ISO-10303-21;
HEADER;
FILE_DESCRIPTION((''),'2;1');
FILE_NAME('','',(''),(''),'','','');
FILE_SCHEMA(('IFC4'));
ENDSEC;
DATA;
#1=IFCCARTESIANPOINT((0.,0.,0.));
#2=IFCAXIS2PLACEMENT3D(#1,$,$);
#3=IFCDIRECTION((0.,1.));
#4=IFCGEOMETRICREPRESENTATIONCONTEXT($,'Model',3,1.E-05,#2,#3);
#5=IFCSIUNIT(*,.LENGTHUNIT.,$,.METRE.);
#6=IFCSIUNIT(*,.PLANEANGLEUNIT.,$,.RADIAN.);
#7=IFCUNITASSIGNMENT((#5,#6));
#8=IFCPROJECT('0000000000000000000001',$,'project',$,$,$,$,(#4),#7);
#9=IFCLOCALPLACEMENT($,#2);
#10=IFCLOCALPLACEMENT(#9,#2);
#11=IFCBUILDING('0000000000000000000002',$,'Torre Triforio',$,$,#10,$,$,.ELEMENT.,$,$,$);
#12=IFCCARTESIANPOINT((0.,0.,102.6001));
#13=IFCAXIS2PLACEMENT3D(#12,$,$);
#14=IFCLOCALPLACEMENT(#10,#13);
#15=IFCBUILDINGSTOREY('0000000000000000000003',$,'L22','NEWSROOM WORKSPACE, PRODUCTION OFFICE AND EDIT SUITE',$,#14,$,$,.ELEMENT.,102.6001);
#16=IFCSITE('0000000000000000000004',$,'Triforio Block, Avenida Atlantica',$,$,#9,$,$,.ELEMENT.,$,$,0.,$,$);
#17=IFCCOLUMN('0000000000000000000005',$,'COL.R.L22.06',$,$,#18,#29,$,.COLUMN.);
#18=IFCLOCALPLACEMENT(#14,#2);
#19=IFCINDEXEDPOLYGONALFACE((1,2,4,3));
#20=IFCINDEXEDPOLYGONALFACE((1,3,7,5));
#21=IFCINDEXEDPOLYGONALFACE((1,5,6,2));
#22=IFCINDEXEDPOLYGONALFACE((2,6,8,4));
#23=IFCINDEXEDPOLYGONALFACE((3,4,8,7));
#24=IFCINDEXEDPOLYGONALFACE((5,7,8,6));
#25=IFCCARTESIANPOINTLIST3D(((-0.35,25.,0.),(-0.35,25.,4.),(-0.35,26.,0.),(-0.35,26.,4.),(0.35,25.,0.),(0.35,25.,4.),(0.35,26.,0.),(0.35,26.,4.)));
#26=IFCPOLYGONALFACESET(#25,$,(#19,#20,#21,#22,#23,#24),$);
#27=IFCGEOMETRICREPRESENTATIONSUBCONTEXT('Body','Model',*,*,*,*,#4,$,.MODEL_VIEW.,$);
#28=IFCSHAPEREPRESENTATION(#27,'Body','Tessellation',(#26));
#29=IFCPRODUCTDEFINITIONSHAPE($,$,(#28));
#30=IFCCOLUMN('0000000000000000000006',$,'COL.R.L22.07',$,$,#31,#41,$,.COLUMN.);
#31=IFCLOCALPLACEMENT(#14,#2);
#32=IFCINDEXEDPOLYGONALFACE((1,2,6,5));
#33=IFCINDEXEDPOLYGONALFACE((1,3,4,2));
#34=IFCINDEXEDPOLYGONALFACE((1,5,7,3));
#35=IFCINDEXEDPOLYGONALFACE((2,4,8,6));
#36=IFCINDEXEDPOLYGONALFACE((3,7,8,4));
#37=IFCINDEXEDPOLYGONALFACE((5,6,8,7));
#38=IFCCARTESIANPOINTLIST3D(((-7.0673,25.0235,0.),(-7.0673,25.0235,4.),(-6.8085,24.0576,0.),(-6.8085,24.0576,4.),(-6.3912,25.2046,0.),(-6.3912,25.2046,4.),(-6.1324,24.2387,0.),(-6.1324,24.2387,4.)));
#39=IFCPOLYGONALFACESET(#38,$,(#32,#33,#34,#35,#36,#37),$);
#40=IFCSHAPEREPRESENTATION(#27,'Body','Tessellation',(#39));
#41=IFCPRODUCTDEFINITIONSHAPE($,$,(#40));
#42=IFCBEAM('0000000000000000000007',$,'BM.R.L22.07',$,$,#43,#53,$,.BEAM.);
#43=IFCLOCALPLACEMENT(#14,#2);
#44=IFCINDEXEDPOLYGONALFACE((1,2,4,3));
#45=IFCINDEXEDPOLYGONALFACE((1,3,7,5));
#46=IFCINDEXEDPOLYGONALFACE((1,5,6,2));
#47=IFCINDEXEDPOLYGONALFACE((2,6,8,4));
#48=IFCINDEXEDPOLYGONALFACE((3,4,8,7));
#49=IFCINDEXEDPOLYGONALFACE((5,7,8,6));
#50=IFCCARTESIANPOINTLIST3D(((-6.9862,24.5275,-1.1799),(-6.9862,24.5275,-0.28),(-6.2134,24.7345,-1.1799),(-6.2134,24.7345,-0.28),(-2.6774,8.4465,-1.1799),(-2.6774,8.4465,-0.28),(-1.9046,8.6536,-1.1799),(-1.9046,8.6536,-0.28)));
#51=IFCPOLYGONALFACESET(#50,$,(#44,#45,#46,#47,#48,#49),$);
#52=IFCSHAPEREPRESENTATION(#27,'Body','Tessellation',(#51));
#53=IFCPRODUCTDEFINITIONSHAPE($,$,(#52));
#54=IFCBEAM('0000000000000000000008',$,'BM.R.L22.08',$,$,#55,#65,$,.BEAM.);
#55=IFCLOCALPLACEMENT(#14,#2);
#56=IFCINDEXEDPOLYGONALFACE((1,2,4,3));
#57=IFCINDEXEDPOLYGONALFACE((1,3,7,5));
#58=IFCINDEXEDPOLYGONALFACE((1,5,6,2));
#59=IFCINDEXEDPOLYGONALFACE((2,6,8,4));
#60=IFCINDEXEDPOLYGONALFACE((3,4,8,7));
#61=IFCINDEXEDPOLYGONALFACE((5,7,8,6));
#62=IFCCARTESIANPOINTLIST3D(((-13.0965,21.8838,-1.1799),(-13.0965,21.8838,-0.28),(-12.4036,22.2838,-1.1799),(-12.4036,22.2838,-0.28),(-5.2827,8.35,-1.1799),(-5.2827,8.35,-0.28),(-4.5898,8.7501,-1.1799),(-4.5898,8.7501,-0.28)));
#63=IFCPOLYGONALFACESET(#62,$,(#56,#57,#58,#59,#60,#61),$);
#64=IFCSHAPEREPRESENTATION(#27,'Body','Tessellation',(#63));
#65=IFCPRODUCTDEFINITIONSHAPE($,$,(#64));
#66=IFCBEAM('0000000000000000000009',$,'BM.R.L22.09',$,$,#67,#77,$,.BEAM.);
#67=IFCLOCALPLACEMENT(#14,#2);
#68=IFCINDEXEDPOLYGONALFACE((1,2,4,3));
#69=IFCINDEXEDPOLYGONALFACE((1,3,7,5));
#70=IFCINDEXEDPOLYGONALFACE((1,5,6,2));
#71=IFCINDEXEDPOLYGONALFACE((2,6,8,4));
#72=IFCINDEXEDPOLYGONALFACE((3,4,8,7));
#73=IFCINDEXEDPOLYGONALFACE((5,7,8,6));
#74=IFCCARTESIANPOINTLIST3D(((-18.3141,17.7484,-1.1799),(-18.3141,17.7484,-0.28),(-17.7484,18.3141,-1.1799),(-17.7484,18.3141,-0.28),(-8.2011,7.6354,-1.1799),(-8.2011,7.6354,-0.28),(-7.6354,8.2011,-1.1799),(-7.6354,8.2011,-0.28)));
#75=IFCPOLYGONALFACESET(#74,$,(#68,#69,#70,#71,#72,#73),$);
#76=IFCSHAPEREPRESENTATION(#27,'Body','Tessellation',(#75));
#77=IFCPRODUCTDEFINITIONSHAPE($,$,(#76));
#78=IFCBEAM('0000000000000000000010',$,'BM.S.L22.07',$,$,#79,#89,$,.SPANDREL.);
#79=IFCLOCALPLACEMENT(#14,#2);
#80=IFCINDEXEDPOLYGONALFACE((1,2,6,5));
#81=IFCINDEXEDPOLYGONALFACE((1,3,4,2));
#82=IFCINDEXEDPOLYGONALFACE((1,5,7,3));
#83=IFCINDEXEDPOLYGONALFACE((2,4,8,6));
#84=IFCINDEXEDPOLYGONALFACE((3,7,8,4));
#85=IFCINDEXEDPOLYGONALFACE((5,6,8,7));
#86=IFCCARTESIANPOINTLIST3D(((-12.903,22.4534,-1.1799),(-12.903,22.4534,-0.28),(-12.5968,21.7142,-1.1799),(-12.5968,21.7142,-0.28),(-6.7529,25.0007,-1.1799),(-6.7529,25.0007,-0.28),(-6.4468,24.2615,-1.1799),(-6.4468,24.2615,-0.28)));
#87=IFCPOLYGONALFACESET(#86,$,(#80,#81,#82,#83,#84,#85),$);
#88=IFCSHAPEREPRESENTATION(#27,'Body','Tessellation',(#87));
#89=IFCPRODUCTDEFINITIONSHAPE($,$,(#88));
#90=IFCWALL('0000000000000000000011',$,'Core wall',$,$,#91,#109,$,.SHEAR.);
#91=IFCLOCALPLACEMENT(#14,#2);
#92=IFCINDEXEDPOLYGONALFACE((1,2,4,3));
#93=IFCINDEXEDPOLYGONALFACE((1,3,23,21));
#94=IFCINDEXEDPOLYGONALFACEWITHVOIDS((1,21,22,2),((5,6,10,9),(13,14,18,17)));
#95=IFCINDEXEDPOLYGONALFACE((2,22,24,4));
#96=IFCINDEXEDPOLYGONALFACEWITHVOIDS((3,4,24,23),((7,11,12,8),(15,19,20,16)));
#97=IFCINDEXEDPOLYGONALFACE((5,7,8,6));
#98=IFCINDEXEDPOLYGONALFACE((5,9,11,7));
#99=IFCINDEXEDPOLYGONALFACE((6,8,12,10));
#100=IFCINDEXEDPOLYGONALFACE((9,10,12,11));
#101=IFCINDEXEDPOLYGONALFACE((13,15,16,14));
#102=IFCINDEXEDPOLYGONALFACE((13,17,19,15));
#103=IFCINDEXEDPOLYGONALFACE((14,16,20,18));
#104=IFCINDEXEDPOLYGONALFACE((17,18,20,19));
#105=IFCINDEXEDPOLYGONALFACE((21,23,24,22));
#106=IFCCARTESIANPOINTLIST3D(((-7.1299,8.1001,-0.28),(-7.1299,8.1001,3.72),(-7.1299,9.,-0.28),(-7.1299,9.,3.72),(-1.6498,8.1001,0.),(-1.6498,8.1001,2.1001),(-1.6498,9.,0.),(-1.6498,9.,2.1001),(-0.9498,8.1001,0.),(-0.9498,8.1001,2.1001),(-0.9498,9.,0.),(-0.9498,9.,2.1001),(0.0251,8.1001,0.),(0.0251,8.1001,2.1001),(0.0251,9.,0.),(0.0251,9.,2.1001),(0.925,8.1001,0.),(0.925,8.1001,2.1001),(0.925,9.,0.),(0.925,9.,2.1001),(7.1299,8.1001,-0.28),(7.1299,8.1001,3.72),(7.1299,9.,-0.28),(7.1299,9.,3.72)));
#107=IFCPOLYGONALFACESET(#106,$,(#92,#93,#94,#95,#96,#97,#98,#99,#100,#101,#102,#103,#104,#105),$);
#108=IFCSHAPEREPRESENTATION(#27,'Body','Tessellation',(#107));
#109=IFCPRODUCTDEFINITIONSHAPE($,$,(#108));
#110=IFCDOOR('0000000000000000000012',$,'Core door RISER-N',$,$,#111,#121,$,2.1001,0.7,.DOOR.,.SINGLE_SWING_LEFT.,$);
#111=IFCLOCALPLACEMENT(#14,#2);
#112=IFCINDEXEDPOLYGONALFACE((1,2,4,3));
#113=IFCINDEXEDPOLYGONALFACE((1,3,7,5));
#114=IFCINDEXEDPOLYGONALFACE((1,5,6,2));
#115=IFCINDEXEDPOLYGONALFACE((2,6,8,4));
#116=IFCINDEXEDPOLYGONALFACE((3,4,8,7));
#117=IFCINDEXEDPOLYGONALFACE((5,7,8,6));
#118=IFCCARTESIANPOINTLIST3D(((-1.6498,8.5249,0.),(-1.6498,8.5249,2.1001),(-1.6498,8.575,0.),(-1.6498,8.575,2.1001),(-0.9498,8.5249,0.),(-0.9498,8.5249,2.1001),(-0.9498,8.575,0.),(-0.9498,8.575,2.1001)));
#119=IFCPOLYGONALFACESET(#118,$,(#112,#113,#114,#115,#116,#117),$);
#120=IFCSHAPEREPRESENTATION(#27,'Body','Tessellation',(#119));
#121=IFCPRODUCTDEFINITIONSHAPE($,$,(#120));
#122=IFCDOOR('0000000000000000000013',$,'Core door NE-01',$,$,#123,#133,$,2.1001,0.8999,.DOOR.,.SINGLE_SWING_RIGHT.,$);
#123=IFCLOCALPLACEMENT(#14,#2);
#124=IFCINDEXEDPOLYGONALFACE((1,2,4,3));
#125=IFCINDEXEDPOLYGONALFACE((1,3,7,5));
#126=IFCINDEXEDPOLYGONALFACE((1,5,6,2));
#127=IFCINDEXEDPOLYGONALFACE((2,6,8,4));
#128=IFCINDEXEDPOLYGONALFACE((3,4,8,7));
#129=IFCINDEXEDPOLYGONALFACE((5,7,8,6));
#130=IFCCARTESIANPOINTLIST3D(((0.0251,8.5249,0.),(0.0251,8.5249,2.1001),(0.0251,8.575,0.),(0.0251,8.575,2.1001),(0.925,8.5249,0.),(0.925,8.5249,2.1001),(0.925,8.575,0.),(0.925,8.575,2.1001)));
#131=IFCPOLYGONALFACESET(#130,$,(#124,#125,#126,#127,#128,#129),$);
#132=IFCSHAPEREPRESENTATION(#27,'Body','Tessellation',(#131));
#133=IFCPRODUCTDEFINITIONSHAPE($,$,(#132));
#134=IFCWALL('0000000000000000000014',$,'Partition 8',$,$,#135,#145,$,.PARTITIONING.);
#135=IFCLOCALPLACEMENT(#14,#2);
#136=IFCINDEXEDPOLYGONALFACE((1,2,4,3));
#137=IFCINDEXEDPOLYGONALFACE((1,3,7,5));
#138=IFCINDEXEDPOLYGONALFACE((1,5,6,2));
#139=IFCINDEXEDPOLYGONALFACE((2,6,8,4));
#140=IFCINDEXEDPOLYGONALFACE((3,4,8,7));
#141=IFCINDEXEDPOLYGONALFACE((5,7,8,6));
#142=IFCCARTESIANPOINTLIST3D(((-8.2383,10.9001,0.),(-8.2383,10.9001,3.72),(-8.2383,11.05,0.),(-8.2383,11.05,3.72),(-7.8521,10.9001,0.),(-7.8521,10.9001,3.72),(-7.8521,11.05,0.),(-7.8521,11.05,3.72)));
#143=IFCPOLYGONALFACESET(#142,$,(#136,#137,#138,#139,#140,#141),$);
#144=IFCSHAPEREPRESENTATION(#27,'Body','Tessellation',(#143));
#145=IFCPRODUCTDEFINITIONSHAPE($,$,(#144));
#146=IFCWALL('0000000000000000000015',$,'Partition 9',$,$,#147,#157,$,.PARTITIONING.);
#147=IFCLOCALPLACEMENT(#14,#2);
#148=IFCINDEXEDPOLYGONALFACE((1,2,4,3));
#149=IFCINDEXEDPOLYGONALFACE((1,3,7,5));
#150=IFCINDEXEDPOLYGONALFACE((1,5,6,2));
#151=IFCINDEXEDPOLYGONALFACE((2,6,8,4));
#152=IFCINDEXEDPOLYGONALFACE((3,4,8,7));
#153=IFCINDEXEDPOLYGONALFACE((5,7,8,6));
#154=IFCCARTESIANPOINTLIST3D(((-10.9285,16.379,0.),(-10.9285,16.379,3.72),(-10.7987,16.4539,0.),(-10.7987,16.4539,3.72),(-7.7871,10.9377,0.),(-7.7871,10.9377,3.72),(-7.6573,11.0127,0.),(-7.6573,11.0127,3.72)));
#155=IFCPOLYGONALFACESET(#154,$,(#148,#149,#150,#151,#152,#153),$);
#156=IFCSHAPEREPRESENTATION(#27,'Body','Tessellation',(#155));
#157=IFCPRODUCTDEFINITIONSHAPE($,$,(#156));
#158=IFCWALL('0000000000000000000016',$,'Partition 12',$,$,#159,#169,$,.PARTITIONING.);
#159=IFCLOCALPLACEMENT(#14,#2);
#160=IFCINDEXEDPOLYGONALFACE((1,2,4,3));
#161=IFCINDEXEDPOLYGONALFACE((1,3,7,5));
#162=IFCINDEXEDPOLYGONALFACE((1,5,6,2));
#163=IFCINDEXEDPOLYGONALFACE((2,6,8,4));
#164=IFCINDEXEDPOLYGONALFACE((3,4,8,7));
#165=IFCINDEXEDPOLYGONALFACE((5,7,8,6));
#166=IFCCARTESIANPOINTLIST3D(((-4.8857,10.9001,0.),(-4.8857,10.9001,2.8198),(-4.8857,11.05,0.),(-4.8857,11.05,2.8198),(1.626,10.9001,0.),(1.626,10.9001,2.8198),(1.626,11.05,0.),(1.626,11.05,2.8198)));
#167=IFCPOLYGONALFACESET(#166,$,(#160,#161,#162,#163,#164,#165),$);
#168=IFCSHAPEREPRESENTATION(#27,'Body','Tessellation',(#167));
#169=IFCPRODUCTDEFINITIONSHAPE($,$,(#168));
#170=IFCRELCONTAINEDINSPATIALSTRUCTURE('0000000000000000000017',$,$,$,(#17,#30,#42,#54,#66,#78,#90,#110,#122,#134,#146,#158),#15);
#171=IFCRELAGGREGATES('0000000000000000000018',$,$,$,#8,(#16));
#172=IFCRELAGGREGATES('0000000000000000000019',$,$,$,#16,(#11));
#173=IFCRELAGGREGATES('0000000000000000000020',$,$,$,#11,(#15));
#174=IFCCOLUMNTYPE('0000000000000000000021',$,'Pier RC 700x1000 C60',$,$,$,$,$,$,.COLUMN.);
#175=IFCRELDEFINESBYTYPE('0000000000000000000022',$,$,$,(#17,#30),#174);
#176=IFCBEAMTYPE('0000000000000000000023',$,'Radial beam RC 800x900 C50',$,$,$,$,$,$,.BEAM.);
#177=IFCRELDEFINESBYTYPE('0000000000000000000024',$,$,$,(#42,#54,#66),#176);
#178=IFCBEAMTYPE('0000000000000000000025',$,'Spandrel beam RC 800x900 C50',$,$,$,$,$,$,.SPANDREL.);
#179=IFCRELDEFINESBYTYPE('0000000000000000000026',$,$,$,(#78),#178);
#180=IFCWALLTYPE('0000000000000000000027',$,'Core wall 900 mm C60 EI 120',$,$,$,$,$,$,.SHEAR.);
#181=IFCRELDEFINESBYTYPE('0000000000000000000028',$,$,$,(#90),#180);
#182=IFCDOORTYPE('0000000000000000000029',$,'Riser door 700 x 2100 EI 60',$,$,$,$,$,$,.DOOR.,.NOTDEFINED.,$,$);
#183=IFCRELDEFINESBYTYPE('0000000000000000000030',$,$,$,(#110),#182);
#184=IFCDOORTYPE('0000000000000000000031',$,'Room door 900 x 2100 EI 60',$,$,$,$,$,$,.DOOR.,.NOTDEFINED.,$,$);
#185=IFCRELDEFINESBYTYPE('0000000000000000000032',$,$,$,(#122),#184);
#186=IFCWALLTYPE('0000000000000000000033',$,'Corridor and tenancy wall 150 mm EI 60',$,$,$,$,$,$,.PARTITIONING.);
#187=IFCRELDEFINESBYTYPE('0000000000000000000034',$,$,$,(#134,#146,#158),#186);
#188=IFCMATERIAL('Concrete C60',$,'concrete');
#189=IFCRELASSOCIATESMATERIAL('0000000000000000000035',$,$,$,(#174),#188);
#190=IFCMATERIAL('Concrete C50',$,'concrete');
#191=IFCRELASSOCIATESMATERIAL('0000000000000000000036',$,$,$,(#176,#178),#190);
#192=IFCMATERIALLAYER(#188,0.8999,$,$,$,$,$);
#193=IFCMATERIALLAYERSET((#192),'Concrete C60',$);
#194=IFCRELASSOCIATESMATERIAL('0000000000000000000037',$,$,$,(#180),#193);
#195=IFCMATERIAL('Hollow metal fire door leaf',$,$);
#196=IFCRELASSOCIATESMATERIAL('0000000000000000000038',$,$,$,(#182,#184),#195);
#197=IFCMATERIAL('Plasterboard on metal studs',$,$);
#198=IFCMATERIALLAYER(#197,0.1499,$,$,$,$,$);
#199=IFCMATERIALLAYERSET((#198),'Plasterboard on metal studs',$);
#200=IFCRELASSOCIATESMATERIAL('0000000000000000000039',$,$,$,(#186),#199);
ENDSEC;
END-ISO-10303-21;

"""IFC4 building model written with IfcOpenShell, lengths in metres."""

from ifc_helpers import new_model, si_unit, direction, frame, frame_2d, origin, origin_2d, place, context, subcontext, project, spatial, rectangle, extrude, material, layer, layer_set, material_profile, profile_set, type_object, element, fill, save


model = new_model("IFC4")

# Units and contexts
model_context = context("Model", 3, precision=1e-05, world=origin(), true_north=direction((0.0, 1.0)))
body_context = subcontext(model_context, "Body", "Model", "MODEL_VIEW")
ifc_project = project(units=[si_unit("LENGTHUNIT", "METRE"), si_unit("PLANEANGLEUNIT", "RADIAN")], contexts=[model_context])

# Site, building, storey
site_placement = place(None, origin())
site = spatial("IfcSite", under=ifc_project, at=site_placement, Name="Triforio Block, Avenida Atlantica", CompositionType="ELEMENT", RefElevation=0.0)
building_placement = place(site_placement, origin())
building = spatial("IfcBuilding", under=site, at=building_placement, Name="Torre Triforio", CompositionType="ELEMENT")
storey_placement = place(building_placement, frame((0.0, 0.0, 102.6001)))
storey = spatial("IfcBuildingStorey", under=building, at=storey_placement, Name="L22", Description="NEWSROOM WORKSPACE, PRODUCTION OFFICE AND EDIT SUITE", CompositionType="ELEMENT", Elevation=102.6001)

# Columns
ifc_material_1 = material(Name="Concrete C60", Category="concrete")
ifc_material_profile_1 = material_profile(ifc_material_1, rectangle(XDim=0.7, YDim=1.0, at=origin_2d()), Name="RC 700x1000")
ifc_profile_set_1 = profile_set([ifc_material_profile_1], Name="Concrete C60")
column_type = type_object("IfcColumnType", Name="Pier RC 700x1000 C60", PredefinedType="COLUMN", material=ifc_profile_set_1)
for number, where, z_axis, x_axis, name in (
    (1, (0.0, 25.5, 0.0), (0.0, 0.0, 1.0), (-1.0, 0.0, 0.0), "COL.R.L22.06"),
    (2, (-6.5999, 24.6311, 0.0), (0.0, 0.0, 1.0), (-0.965926, -0.258819, 0.0), "COL.R.L22.07"),
):
    element("IfcColumn", number, at=place(storey_placement, frame(where, z_axis=z_axis, x_axis=x_axis)), inside=storey, type_object=column_type, Name=name, PredefinedType="COLUMN", context=body_context, shape_type="SweptSolid", body=[
        extrude(rectangle(XDim=0.7, YDim=1.0, at=origin_2d()), origin(), (0.0, 0.0, 1.0), 4.0),
    ])

# Beams
ifc_material_2 = material(Name="Concrete C50", Category="concrete")
ifc_material_profile_2 = material_profile(ifc_material_2, rectangle(XDim=0.8, YDim=0.8999, at=origin_2d()), Name="RC 800x900")
ifc_profile_set_2 = profile_set([ifc_material_profile_2], Name="Concrete C50")
beam_type_1 = type_object("IfcBeamType", Name="Radial beam RC 800x900 C50", PredefinedType="BEAM", material=ifc_profile_set_2)
beam_1_placement = place(storey_placement, frame((-2.291, 8.55, -0.73), z_axis=(-0.258815, 0.965927, 0.0), x_axis=(-0.965927, -0.258815, 0.0)))
element("IfcBeam", 3, at=beam_1_placement, inside=storey, type_object=beam_type_1, Name="BM.R.L22.07", PredefinedType="BEAM", context=body_context, shape_type="SweptSolid", body=[
    extrude(rectangle(XDim=0.8, YDim=0.8999, at=origin_2d()), origin(), (0.0, 0.0, 1.0), 16.6482),
])
beam_2_placement = place(storey_placement, frame((-4.9363, 8.55, -0.73), z_axis=(-0.500002, 0.866024, 0.0), x_axis=(-0.866024, -0.500002, 0.0)))
element("IfcBeam", 4, at=beam_2_placement, inside=storey, type_object=beam_type_1, Name="BM.R.L22.08", PredefinedType="BEAM", context=body_context, shape_type="SweptSolid", body=[
    extrude(rectangle(XDim=0.8, YDim=0.8999, at=origin_2d()), origin(), (0.0, 0.0, 1.0), 15.6274),
])
beam_3_placement = place(storey_placement, frame((-7.9182, 7.9182, -0.73), z_axis=(-0.707107, 0.707107, 0.0), x_axis=(-0.707107, -0.707107, 0.0)))
element("IfcBeam", 5, at=beam_3_placement, inside=storey, type_object=beam_type_1, Name="BM.R.L22.09", PredefinedType="BEAM", context=body_context, shape_type="SweptSolid", body=[
    extrude(rectangle(XDim=0.8, YDim=0.8999, at=origin_2d()), origin(), (0.0, 0.0, 1.0), 14.302),
])
ifc_material_profile_3 = material_profile(ifc_material_2, rectangle(XDim=0.8, YDim=0.8999, at=origin_2d()), Name="RC 800x900")
ifc_profile_set_3 = profile_set([ifc_material_profile_3], Name="Concrete C50")
beam_type_2 = type_object("IfcBeamType", Name="Spandrel beam RC 800x900 C50", PredefinedType="SPANDREL", material=ifc_profile_set_3)
beam_4_placement = place(storey_placement, frame((-6.5999, 24.6311, -0.73), z_axis=(-0.923885, -0.382669, 0.0), x_axis=(0.382669, -0.923885, 0.0)))
element("IfcBeam", 6, at=beam_4_placement, inside=storey, type_object=beam_type_2, Name="BM.S.L22.07", PredefinedType="SPANDREL", context=body_context, shape_type="SweptSolid", body=[
    extrude(rectangle(XDim=0.8, YDim=0.8999, at=origin_2d()), origin(), (0.0, 0.0, 1.0), 6.6567),
])

# Wall, openings, doors
ifc_layer_1 = layer(ifc_material_1, 0.8999)
ifc_layer_set_1 = layer_set([ifc_layer_1], Name="Concrete C60")
wall_type_1 = type_object("IfcWallType", Name="Core wall 900 mm C60 EI 120", PredefinedType="SHEAR", material=ifc_layer_set_1)
wall_1_placement = place(storey_placement, frame((-7.1299, 8.55, -0.28), z_axis=(0.0, 0.0, 1.0), x_axis=(1.0, 0.0, 0.0)))
wall_1 = element("IfcWall", 7, at=wall_1_placement, inside=storey, type_object=wall_type_1, Name="Core wall", PredefinedType="SHEAR", context=body_context, shape_type="SweptSolid", body=[
    extrude(rectangle(XDim=14.2598, YDim=0.8999, at=frame_2d((7.1299, 0.0))), origin(), (0.0, 0.0, 1.0), 4.0),
])
opening_1_placement = place(wall_1_placement, frame((5.48, 0.0, 0.28)))
opening_1 = element("IfcOpeningElement", 8, at=opening_1_placement, cuts=wall_1, PredefinedType="OPENING", context=body_context, shape_type="SweptSolid", body=[
    extrude(rectangle(XDim=0.7, YDim=2.1001, at=frame_2d((0.3501, 1.05))), frame((0.0, 0.46, 0.0), z_axis=(0.0, -1.0, 0.0), x_axis=(1.0, 0.0, 0.0)), (0.0, 0.0, 1.0), 0.9199),
])
opening_2_placement = place(wall_1_placement, frame((7.155, 0.0, 0.28)))
opening_2 = element("IfcOpeningElement", 9, at=opening_2_placement, cuts=wall_1, PredefinedType="OPENING", context=body_context, shape_type="SweptSolid", body=[
    extrude(rectangle(XDim=0.8999, YDim=2.1001, at=frame_2d((0.45, 1.05))), frame((0.0, 0.46, 0.0), z_axis=(0.0, -1.0, 0.0), x_axis=(1.0, 0.0, 0.0)), (0.0, 0.0, 1.0), 0.9199),
])
ifc_material_3 = material(Name="Hollow metal fire door leaf")
door_type_1 = type_object("IfcDoorType", Name="Riser door 700 x 2100 EI 60", OperationType="NOTDEFINED", PredefinedType="DOOR", material=ifc_material_3)
door_1_placement = place(opening_1_placement, origin())
door_1 = element("IfcDoor", 10, at=door_1_placement, inside=storey, type_object=door_type_1, Name="Core door RISER-N", OperationType="SINGLE_SWING_LEFT", OverallHeight=2.1001, OverallWidth=0.7, PredefinedType="DOOR", context=body_context, shape_type="SweptSolid", body=[
    extrude(rectangle(XDim=0.7, YDim=2.1001, at=frame_2d((0.3501, 1.05))), frame((0.0, 0.0249, 0.0), z_axis=(0.0, -1.0, 0.0), x_axis=(1.0, 0.0, 0.0)), (0.0, 0.0, 1.0), 0.05),
])
fill(opening_1, door_1)
door_type_2 = type_object("IfcDoorType", Name="Room door 900 x 2100 EI 60", OperationType="NOTDEFINED", PredefinedType="DOOR", material=ifc_material_3)
door_2_placement = place(opening_2_placement, origin())
door_2 = element("IfcDoor", 11, at=door_2_placement, inside=storey, type_object=door_type_2, Name="Core door NE-01", OperationType="SINGLE_SWING_RIGHT", OverallHeight=2.1001, OverallWidth=0.8999, PredefinedType="DOOR", context=body_context, shape_type="SweptSolid", body=[
    extrude(rectangle(XDim=0.8999, YDim=2.1001, at=frame_2d((0.45, 1.05))), frame((0.0, 0.0249, 0.0), z_axis=(0.0, -1.0, 0.0), x_axis=(1.0, 0.0, 0.0)), (0.0, 0.0, 1.0), 0.05),
])
fill(opening_2, door_2)

# Walls
ifc_material_4 = material(Name="Plasterboard on metal studs")
ifc_layer_2 = layer(ifc_material_4, 0.1499)
ifc_layer_set_2 = layer_set([ifc_layer_2], Name="Plasterboard on metal studs")
wall_type_2 = type_object("IfcWallType", Name="Corridor and tenancy wall 150 mm EI 60", PredefinedType="PARTITIONING", material=ifc_layer_set_2)
wall_2_placement = place(storey_placement, frame((-8.2383, 10.9751, 0.0), z_axis=(0.0, 0.0, 1.0), x_axis=(1.0, 0.0, 0.0)))
element("IfcWall", 12, at=wall_2_placement, inside=storey, type_object=wall_type_2, Name="Partition 8", PredefinedType="PARTITIONING", context=body_context, shape_type="SweptSolid", body=[
    extrude(rectangle(XDim=0.3862, YDim=0.1499, at=frame_2d((0.1931, 0.0))), origin(), (0.0, 0.0, 1.0), 3.72),
])
wall_3_placement = place(storey_placement, frame((-7.7222, 10.9751, 0.0), z_axis=(0.0, 0.0, 1.0), x_axis=(-0.499988, 0.866032, 0.0)))
element("IfcWall", 13, at=wall_3_placement, inside=storey, type_object=wall_type_2, Name="Partition 9", PredefinedType="PARTITIONING", context=body_context, shape_type="SweptSolid", body=[
    extrude(rectangle(XDim=6.283, YDim=0.1499, at=frame_2d((3.1416, 0.0))), origin(), (0.0, 0.0, 1.0), 3.72),
])
wall_4_placement = place(storey_placement, frame((-4.8857, 10.9751, 0.0), z_axis=(0.0, 0.0, 1.0), x_axis=(1.0, 0.0, 0.0)))
element("IfcWall", 14, at=wall_4_placement, inside=storey, type_object=wall_type_2, Name="Partition 12", PredefinedType="PARTITIONING", context=body_context, shape_type="SweptSolid", body=[
    extrude(rectangle(XDim=6.5117, YDim=0.1499, at=frame_2d((3.2559, 0.0))), origin(), (0.0, 0.0, 1.0), 2.8198),
])

save(model, "model.ifc")
